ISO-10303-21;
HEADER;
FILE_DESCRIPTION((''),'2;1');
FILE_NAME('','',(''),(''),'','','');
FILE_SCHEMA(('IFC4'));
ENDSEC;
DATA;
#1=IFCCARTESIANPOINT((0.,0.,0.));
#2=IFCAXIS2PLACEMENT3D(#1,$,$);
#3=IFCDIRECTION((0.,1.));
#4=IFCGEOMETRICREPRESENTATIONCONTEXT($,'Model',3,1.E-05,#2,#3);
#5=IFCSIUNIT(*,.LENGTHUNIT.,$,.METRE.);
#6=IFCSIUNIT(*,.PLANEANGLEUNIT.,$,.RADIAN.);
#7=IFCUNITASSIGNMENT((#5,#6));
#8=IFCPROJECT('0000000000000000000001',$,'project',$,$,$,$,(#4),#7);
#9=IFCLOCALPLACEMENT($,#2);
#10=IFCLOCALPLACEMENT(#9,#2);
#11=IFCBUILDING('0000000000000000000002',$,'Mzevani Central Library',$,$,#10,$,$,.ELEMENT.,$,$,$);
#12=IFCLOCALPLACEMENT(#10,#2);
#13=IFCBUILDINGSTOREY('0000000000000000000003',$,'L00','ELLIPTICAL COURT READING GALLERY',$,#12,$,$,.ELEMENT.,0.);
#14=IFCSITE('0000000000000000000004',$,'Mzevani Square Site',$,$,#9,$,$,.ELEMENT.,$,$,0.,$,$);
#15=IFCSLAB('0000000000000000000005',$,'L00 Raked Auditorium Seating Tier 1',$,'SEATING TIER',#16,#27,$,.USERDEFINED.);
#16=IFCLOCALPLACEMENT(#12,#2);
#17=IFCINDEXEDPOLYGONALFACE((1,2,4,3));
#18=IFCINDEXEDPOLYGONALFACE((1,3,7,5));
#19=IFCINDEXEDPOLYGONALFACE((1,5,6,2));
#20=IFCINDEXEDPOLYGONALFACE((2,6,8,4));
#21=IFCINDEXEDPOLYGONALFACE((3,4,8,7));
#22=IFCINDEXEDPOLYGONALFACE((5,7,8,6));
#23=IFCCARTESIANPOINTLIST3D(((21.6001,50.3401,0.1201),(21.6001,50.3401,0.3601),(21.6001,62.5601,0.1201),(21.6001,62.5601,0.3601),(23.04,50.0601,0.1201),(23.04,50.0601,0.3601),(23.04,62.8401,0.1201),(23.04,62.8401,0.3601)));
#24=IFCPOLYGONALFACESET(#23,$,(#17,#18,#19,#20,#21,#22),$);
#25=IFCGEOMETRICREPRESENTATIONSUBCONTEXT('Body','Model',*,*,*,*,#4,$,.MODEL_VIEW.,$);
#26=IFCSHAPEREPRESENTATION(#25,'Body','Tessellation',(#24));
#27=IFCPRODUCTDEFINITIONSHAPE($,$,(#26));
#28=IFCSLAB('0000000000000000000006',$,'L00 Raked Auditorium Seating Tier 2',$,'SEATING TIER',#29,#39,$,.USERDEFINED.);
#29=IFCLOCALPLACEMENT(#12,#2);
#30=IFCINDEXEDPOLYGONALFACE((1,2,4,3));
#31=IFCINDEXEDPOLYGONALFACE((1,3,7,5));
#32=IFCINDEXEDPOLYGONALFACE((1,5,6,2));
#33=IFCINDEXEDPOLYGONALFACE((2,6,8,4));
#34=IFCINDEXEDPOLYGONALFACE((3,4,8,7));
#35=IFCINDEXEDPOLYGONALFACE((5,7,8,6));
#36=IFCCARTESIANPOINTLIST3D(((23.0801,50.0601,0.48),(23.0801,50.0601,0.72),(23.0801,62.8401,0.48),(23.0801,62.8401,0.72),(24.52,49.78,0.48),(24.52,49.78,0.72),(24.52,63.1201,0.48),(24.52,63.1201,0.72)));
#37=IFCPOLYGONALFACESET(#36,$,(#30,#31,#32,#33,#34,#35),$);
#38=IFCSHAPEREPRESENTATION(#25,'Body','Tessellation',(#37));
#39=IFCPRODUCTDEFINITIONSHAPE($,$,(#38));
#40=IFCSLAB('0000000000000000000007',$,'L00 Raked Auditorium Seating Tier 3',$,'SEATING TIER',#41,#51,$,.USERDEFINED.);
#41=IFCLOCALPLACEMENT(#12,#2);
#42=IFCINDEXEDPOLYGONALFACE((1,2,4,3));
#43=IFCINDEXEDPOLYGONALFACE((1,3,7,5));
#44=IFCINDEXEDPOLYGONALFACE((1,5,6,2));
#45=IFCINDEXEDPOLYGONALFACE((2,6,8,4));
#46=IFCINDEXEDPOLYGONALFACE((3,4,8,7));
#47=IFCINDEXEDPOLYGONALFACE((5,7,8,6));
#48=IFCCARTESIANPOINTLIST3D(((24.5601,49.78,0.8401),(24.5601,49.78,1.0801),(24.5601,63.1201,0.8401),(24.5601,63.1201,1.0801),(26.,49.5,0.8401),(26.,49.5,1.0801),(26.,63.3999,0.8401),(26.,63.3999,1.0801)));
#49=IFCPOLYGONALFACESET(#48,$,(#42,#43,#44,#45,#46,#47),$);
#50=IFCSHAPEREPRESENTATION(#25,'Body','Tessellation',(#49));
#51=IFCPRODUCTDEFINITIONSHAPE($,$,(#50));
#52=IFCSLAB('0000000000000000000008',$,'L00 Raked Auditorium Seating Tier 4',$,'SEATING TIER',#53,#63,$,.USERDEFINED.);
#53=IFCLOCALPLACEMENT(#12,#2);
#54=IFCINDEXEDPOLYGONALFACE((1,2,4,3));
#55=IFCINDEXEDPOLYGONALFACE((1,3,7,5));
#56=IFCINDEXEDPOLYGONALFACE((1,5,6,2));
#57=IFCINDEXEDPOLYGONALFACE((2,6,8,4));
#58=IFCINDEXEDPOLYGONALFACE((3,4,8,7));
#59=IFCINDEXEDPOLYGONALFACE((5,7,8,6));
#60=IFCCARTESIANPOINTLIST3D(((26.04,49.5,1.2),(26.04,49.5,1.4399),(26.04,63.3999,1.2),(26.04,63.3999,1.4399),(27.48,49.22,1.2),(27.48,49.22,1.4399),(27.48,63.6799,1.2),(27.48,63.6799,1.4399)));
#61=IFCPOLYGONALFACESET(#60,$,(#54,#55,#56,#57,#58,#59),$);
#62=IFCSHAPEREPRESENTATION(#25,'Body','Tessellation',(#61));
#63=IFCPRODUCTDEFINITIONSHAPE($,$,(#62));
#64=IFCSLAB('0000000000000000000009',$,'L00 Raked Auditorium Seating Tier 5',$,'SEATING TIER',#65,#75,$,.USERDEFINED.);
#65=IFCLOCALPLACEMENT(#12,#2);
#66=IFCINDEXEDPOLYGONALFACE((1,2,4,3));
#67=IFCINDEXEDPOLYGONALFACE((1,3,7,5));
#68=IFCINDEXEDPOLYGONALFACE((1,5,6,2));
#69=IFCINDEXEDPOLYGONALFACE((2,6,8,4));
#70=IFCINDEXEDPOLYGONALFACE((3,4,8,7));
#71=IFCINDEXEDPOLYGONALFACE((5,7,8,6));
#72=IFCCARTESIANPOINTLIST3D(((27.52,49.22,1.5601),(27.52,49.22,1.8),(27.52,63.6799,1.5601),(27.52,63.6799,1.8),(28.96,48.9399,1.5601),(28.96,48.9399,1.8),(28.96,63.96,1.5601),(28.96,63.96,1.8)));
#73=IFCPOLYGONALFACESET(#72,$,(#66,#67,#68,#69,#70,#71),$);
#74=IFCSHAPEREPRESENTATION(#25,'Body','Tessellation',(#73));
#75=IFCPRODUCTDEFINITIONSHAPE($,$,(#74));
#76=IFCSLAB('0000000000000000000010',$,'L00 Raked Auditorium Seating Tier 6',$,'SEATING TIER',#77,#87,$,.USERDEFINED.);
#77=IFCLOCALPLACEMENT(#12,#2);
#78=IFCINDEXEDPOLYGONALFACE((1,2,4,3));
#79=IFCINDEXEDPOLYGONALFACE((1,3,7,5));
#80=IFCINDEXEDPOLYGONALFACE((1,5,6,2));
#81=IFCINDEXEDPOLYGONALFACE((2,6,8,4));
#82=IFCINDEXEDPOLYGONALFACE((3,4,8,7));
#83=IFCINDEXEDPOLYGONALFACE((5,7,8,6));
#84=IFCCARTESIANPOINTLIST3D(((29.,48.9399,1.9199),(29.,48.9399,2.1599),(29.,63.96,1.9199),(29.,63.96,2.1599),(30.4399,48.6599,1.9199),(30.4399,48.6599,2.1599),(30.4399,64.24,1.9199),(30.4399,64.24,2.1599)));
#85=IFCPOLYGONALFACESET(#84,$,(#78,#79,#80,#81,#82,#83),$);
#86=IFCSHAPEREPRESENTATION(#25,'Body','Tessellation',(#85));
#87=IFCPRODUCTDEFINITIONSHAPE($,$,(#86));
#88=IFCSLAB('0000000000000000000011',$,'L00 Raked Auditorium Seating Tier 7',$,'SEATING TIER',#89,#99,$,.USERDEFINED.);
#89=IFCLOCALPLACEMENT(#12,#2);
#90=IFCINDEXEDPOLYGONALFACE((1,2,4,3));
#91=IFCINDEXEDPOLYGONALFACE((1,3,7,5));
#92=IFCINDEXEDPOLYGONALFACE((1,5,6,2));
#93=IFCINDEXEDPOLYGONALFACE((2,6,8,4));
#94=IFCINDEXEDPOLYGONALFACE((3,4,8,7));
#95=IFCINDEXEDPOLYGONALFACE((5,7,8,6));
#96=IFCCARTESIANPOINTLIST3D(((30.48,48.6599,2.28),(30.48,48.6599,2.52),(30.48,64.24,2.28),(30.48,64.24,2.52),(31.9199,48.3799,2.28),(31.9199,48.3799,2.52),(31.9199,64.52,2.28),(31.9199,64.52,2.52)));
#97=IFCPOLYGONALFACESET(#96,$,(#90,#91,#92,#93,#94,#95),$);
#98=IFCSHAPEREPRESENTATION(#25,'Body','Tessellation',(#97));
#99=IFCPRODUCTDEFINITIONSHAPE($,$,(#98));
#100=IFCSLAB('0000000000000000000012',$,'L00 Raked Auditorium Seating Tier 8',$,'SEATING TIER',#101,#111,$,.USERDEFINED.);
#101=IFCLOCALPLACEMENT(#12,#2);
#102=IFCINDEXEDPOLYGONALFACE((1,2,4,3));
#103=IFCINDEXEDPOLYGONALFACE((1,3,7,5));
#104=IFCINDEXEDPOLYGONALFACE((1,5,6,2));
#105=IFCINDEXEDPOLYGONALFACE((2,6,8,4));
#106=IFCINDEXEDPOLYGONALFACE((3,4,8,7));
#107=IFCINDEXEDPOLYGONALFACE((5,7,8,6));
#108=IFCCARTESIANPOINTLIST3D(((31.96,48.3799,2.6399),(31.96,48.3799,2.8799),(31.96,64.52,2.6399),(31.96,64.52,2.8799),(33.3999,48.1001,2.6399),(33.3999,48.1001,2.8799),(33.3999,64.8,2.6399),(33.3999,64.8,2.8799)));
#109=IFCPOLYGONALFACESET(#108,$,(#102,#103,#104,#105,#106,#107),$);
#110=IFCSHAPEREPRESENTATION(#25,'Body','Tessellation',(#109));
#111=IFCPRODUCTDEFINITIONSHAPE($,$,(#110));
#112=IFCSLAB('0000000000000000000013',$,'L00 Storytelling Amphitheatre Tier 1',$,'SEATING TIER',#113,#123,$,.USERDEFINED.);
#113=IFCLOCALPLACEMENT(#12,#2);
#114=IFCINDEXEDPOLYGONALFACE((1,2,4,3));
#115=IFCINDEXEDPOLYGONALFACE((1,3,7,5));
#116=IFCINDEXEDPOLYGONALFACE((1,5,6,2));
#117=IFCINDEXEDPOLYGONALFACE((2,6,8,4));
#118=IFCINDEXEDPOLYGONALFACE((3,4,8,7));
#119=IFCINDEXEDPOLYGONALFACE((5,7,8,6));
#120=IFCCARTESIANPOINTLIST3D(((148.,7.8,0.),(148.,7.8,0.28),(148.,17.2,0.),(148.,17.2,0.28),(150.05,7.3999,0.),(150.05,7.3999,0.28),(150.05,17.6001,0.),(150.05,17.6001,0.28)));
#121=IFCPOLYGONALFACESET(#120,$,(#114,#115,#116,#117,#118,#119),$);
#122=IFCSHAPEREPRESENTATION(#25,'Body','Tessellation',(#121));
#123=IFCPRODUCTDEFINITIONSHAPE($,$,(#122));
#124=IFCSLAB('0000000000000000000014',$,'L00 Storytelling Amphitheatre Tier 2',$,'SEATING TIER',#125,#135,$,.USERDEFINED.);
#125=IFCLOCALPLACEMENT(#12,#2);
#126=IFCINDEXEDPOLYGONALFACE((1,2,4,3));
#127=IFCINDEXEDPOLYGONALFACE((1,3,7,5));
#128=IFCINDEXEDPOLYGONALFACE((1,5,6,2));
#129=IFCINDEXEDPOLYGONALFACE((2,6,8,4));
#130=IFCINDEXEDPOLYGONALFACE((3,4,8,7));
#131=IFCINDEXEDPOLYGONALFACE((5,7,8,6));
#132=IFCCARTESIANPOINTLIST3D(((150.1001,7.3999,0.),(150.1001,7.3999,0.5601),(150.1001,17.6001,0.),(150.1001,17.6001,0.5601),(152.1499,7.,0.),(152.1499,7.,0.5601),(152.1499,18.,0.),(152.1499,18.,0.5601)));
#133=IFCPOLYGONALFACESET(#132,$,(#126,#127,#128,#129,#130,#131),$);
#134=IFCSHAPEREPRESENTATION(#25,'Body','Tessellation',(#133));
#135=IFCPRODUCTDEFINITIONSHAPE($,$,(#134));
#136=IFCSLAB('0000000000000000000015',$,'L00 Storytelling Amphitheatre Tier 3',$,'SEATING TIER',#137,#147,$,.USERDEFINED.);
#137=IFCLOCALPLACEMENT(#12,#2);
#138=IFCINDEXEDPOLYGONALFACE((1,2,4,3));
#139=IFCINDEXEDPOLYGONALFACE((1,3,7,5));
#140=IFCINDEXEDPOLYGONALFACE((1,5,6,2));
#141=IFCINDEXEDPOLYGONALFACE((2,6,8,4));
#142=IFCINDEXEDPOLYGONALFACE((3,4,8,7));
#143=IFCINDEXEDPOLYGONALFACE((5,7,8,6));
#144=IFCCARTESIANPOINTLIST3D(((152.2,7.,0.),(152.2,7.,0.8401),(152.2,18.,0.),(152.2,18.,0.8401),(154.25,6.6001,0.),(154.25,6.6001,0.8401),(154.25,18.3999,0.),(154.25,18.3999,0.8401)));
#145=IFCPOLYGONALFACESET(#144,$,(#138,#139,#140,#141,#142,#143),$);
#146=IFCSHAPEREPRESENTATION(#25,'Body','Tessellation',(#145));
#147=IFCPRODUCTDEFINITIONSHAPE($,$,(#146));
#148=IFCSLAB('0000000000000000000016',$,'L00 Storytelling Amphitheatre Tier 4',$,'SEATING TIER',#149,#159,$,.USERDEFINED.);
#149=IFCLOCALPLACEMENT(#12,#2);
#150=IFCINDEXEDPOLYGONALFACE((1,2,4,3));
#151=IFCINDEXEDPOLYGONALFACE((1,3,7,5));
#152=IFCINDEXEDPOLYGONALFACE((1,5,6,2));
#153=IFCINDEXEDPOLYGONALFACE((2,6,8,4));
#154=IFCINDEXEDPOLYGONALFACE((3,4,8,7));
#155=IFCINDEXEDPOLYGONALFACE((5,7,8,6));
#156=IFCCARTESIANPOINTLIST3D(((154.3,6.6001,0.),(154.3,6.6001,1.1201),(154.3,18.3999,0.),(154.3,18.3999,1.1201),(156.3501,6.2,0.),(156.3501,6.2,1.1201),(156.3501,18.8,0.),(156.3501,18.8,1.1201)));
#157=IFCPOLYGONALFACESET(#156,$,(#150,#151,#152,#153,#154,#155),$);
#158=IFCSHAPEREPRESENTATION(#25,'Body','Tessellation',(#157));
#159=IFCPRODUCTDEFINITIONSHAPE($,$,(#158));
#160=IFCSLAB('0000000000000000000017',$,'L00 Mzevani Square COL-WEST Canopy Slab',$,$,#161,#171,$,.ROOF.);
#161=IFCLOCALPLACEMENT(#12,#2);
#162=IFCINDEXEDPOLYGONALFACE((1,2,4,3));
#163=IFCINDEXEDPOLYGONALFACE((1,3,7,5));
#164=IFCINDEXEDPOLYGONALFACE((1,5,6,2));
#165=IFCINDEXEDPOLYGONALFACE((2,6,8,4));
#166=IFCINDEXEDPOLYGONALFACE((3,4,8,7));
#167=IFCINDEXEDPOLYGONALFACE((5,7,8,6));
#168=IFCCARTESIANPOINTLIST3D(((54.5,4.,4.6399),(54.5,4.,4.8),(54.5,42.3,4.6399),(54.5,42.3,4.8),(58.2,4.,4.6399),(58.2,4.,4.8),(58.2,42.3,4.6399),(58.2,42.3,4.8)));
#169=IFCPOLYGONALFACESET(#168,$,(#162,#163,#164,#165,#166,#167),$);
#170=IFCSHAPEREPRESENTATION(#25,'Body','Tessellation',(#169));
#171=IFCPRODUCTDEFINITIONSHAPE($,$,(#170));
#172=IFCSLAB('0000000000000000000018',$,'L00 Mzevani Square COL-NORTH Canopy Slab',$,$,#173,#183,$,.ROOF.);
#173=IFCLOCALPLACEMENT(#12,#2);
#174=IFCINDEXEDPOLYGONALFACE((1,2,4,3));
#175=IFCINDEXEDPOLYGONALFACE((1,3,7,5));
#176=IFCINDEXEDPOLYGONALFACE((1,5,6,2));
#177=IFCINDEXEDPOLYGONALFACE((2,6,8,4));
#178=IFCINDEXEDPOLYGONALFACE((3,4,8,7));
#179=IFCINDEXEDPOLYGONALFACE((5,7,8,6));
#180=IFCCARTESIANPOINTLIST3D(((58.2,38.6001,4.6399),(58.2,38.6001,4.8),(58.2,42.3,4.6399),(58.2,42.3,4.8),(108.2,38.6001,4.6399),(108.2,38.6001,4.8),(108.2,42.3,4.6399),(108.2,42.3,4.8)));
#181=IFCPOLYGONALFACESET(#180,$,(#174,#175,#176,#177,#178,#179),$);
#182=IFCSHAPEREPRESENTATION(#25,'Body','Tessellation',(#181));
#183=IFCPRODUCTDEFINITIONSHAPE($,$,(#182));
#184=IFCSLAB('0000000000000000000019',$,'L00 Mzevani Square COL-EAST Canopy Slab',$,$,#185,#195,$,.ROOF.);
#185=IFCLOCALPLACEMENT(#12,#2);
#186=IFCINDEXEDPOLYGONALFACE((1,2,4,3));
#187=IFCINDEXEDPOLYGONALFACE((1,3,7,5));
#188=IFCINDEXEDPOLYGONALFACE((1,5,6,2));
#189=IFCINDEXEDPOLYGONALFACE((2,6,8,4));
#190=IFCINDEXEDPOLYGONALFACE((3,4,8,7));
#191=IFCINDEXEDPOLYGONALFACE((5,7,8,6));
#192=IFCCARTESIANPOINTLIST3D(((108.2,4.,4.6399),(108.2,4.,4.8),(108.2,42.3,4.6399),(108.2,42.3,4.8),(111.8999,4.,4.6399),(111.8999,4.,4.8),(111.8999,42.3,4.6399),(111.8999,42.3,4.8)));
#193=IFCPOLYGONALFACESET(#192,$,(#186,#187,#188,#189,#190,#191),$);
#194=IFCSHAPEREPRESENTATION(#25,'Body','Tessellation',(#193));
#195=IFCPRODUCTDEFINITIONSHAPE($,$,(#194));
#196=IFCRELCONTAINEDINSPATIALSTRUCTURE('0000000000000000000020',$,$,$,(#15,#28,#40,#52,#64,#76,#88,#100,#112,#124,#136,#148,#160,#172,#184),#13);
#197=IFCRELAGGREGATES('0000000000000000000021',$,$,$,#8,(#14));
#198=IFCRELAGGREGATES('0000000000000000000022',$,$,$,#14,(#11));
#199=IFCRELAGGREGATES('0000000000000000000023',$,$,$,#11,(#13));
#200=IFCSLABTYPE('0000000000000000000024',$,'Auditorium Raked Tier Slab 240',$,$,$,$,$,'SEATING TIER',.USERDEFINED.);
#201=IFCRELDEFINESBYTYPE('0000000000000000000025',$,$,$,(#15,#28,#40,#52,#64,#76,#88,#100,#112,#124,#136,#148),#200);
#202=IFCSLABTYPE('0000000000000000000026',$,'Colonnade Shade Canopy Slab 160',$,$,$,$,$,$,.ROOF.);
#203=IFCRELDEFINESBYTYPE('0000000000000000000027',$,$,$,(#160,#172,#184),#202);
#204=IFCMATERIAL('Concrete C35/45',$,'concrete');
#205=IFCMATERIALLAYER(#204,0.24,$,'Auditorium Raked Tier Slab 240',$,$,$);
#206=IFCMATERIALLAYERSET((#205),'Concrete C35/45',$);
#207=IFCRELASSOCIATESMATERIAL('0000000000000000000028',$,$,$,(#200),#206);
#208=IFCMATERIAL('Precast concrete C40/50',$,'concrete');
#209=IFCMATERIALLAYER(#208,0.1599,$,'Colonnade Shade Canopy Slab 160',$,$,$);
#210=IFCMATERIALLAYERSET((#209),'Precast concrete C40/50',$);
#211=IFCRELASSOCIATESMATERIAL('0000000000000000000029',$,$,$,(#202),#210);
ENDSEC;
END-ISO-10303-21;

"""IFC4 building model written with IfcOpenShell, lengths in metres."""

from ifc_helpers import new_model, si_unit, direction, frame, origin, place, context, subcontext, project, spatial, polyline, outline, extrude, material, layer, layer_set, type_object, element, save


model = new_model("IFC4")

# Units and contexts
model_context = context("Model", 3, precision=1e-05, world=origin(), true_north=direction((0.0, 1.0)))
body_context = subcontext(model_context, "Body", "Model", "MODEL_VIEW")
ifc_project = project(units=[si_unit("LENGTHUNIT", "METRE"), si_unit("PLANEANGLEUNIT", "RADIAN")], contexts=[model_context])

# Site, building, storey
site_placement = place(None, origin())
site = spatial("IfcSite", under=ifc_project, at=site_placement, Name="Mzevani Square Site", CompositionType="ELEMENT", RefElevation=0.0)
building_placement = place(site_placement, origin())
building = spatial("IfcBuilding", under=site, at=building_placement, Name="Mzevani Central Library", CompositionType="ELEMENT")
storey_placement = place(building_placement, origin())
storey = spatial("IfcBuildingStorey", under=building, at=storey_placement, Name="L00", Description="ELLIPTICAL COURT READING GALLERY", CompositionType="ELEMENT", Elevation=0.0)

# Slabs
ifc_material_1 = material(Name="Concrete C35/45", Category="concrete")
ifc_layer_1 = layer(ifc_material_1, 0.24, Name="Auditorium Raked Tier Slab 240")
ifc_layer_set_1 = layer_set([ifc_layer_1], Name="Concrete C35/45")
slab_type_1 = type_object("IfcSlabType", Name="Auditorium Raked Tier Slab 240", ElementType="SEATING TIER", PredefinedType="USERDEFINED", material=ifc_layer_set_1)
slab_1_placement = place(storey_placement, frame((0.0, 0.0, 0.1201)))
element("IfcSlab", 1, at=slab_1_placement, inside=storey, type_object=slab_type_1, Name="L00 Raked Auditorium Seating Tier 1", ObjectType="SEATING TIER", PredefinedType="USERDEFINED", context=body_context, shape_type="SweptSolid", body=[
    extrude(outline(polyline([(21.6001, 50.3401), (23.04, 50.0601), (23.04, 62.8401), (21.6001, 62.5601), (21.6001, 50.3401)])), origin(), (0.0, 0.0, 1.0), 0.24),
])
slab_2_placement = place(storey_placement, frame((0.0, 0.0, 0.48)))
element("IfcSlab", 2, at=slab_2_placement, inside=storey, type_object=slab_type_1, Name="L00 Raked Auditorium Seating Tier 2", ObjectType="SEATING TIER", PredefinedType="USERDEFINED", context=body_context, shape_type="SweptSolid", body=[
    extrude(outline(polyline([(23.0801, 50.0601), (24.52, 49.78), (24.52, 63.1201), (23.0801, 62.8401), (23.0801, 50.0601)])), origin(), (0.0, 0.0, 1.0), 0.24),
])
slab_3_placement = place(storey_placement, frame((0.0, 0.0, 0.8401)))
element("IfcSlab", 3, at=slab_3_placement, inside=storey, type_object=slab_type_1, Name="L00 Raked Auditorium Seating Tier 3", ObjectType="SEATING TIER", PredefinedType="USERDEFINED", context=body_context, shape_type="SweptSolid", body=[
    extrude(outline(polyline([(24.5601, 49.78), (26.0, 49.5), (26.0, 63.3999), (24.5601, 63.1201), (24.5601, 49.78)])), origin(), (0.0, 0.0, 1.0), 0.24),
])
slab_4_placement = place(storey_placement, frame((0.0, 0.0, 1.2)))
element("IfcSlab", 4, at=slab_4_placement, inside=storey, type_object=slab_type_1, Name="L00 Raked Auditorium Seating Tier 4", ObjectType="SEATING TIER", PredefinedType="USERDEFINED", context=body_context, shape_type="SweptSolid", body=[
    extrude(outline(polyline([(26.04, 49.5), (27.48, 49.22), (27.48, 63.6799), (26.04, 63.3999), (26.04, 49.5)])), origin(), (0.0, 0.0, 1.0), 0.24),
])
slab_5_placement = place(storey_placement, frame((0.0, 0.0, 1.5601)))
element("IfcSlab", 5, at=slab_5_placement, inside=storey, type_object=slab_type_1, Name="L00 Raked Auditorium Seating Tier 5", ObjectType="SEATING TIER", PredefinedType="USERDEFINED", context=body_context, shape_type="SweptSolid", body=[
    extrude(outline(polyline([(27.52, 49.22), (28.96, 48.9399), (28.96, 63.96), (27.52, 63.6799), (27.52, 49.22)])), origin(), (0.0, 0.0, 1.0), 0.24),
])
slab_6_placement = place(storey_placement, frame((0.0, 0.0, 1.9199)))
element("IfcSlab", 6, at=slab_6_placement, inside=storey, type_object=slab_type_1, Name="L00 Raked Auditorium Seating Tier 6", ObjectType="SEATING TIER", PredefinedType="USERDEFINED", context=body_context, shape_type="SweptSolid", body=[
    extrude(outline(polyline([(29.0, 48.9399), (30.4399, 48.6599), (30.4399, 64.24), (29.0, 63.96), (29.0, 48.9399)])), origin(), (0.0, 0.0, 1.0), 0.24),
])
slab_7_placement = place(storey_placement, frame((0.0, 0.0, 2.28)))
element("IfcSlab", 7, at=slab_7_placement, inside=storey, type_object=slab_type_1, Name="L00 Raked Auditorium Seating Tier 7", ObjectType="SEATING TIER", PredefinedType="USERDEFINED", context=body_context, shape_type="SweptSolid", body=[
    extrude(outline(polyline([(30.48, 48.6599), (31.9199, 48.3799), (31.9199, 64.52), (30.48, 64.24), (30.48, 48.6599)])), origin(), (0.0, 0.0, 1.0), 0.24),
])
slab_8_placement = place(storey_placement, frame((0.0, 0.0, 2.6399)))
element("IfcSlab", 8, at=slab_8_placement, inside=storey, type_object=slab_type_1, Name="L00 Raked Auditorium Seating Tier 8", ObjectType="SEATING TIER", PredefinedType="USERDEFINED", context=body_context, shape_type="SweptSolid", body=[
    extrude(outline(polyline([(31.96, 48.3799), (33.3999, 48.1001), (33.3999, 64.8), (31.96, 64.52), (31.96, 48.3799)])), origin(), (0.0, 0.0, 1.0), 0.24),
])
slab_9_placement = place(storey_placement, origin())
element("IfcSlab", 9, at=slab_9_placement, inside=storey, type_object=slab_type_1, Name="L00 Storytelling Amphitheatre Tier 1", ObjectType="SEATING TIER", PredefinedType="USERDEFINED", context=body_context, shape_type="SweptSolid", body=[
    extrude(outline(polyline([(148.0, 7.8), (150.05, 7.3999), (150.05, 17.6001), (148.0, 17.2), (148.0, 7.8)])), origin(), (0.0, 0.0, 1.0), 0.28),
])
slab_10_placement = place(storey_placement, origin())
element("IfcSlab", 10, at=slab_10_placement, inside=storey, type_object=slab_type_1, Name="L00 Storytelling Amphitheatre Tier 2", ObjectType="SEATING TIER", PredefinedType="USERDEFINED", context=body_context, shape_type="SweptSolid", body=[
    extrude(outline(polyline([(150.1001, 7.3999), (152.1499, 7.0), (152.1499, 18.0), (150.1001, 17.6001), (150.1001, 7.3999)])), origin(), (0.0, 0.0, 1.0), 0.5601),
])
slab_11_placement = place(storey_placement, origin())
element("IfcSlab", 11, at=slab_11_placement, inside=storey, type_object=slab_type_1, Name="L00 Storytelling Amphitheatre Tier 3", ObjectType="SEATING TIER", PredefinedType="USERDEFINED", context=body_context, shape_type="SweptSolid", body=[
    extrude(outline(polyline([(152.2, 7.0), (154.25, 6.6001), (154.25, 18.3999), (152.2, 18.0), (152.2, 7.0)])), origin(), (0.0, 0.0, 1.0), 0.8401),
])
slab_12_placement = place(storey_placement, origin())
element("IfcSlab", 12, at=slab_12_placement, inside=storey, type_object=slab_type_1, Name="L00 Storytelling Amphitheatre Tier 4", ObjectType="SEATING TIER", PredefinedType="USERDEFINED", context=body_context, shape_type="SweptSolid", body=[
    extrude(outline(polyline([(154.3, 6.6001), (156.3501, 6.2), (156.3501, 18.8), (154.3, 18.3999), (154.3, 6.6001)])), origin(), (0.0, 0.0, 1.0), 1.1201),
])
ifc_material_2 = material(Name="Precast concrete C40/50", Category="concrete")
ifc_layer_2 = layer(ifc_material_2, 0.1599, Name="Colonnade Shade Canopy Slab 160")
ifc_layer_set_2 = layer_set([ifc_layer_2], Name="Precast concrete C40/50")
slab_type_2 = type_object("IfcSlabType", Name="Colonnade Shade Canopy Slab 160", PredefinedType="ROOF", material=ifc_layer_set_2)
slab_13_placement = place(storey_placement, frame((0.0, 0.0, 4.6399)))
element("IfcSlab", 13, at=slab_13_placement, inside=storey, type_object=slab_type_2, Name="L00 Mzevani Square COL-WEST Canopy Slab", PredefinedType="ROOF", context=body_context, shape_type="SweptSolid", body=[
    extrude(outline(polyline([(58.2, 4.0), (54.5, 4.0), (54.5, 42.3), (58.2, 42.3), (58.2, 4.0)])), origin(), (0.0, 0.0, 1.0), 0.1602),
])
slab_14_placement = place(storey_placement, frame((0.0, 0.0, 4.6399)))
element("IfcSlab", 14, at=slab_14_placement, inside=storey, type_object=slab_type_2, Name="L00 Mzevani Square COL-NORTH Canopy Slab", PredefinedType="ROOF", context=body_context, shape_type="SweptSolid", body=[
    extrude(outline(polyline([(108.2, 38.6001), (58.2, 38.6001), (58.2, 42.3), (108.2, 42.3), (108.2, 38.6001)])), origin(), (0.0, 0.0, 1.0), 0.1602),
])
slab_15_placement = place(storey_placement, frame((0.0, 0.0, 4.6399)))
element("IfcSlab", 15, at=slab_15_placement, inside=storey, type_object=slab_type_2, Name="L00 Mzevani Square COL-EAST Canopy Slab", PredefinedType="ROOF", context=body_context, shape_type="SweptSolid", body=[
    extrude(outline(polyline([(111.8999, 4.0), (108.2, 4.0), (108.2, 42.3), (111.8999, 42.3), (111.8999, 4.0)])), origin(), (0.0, 0.0, 1.0), 0.1602),
])

save(model, "model.ifc")
